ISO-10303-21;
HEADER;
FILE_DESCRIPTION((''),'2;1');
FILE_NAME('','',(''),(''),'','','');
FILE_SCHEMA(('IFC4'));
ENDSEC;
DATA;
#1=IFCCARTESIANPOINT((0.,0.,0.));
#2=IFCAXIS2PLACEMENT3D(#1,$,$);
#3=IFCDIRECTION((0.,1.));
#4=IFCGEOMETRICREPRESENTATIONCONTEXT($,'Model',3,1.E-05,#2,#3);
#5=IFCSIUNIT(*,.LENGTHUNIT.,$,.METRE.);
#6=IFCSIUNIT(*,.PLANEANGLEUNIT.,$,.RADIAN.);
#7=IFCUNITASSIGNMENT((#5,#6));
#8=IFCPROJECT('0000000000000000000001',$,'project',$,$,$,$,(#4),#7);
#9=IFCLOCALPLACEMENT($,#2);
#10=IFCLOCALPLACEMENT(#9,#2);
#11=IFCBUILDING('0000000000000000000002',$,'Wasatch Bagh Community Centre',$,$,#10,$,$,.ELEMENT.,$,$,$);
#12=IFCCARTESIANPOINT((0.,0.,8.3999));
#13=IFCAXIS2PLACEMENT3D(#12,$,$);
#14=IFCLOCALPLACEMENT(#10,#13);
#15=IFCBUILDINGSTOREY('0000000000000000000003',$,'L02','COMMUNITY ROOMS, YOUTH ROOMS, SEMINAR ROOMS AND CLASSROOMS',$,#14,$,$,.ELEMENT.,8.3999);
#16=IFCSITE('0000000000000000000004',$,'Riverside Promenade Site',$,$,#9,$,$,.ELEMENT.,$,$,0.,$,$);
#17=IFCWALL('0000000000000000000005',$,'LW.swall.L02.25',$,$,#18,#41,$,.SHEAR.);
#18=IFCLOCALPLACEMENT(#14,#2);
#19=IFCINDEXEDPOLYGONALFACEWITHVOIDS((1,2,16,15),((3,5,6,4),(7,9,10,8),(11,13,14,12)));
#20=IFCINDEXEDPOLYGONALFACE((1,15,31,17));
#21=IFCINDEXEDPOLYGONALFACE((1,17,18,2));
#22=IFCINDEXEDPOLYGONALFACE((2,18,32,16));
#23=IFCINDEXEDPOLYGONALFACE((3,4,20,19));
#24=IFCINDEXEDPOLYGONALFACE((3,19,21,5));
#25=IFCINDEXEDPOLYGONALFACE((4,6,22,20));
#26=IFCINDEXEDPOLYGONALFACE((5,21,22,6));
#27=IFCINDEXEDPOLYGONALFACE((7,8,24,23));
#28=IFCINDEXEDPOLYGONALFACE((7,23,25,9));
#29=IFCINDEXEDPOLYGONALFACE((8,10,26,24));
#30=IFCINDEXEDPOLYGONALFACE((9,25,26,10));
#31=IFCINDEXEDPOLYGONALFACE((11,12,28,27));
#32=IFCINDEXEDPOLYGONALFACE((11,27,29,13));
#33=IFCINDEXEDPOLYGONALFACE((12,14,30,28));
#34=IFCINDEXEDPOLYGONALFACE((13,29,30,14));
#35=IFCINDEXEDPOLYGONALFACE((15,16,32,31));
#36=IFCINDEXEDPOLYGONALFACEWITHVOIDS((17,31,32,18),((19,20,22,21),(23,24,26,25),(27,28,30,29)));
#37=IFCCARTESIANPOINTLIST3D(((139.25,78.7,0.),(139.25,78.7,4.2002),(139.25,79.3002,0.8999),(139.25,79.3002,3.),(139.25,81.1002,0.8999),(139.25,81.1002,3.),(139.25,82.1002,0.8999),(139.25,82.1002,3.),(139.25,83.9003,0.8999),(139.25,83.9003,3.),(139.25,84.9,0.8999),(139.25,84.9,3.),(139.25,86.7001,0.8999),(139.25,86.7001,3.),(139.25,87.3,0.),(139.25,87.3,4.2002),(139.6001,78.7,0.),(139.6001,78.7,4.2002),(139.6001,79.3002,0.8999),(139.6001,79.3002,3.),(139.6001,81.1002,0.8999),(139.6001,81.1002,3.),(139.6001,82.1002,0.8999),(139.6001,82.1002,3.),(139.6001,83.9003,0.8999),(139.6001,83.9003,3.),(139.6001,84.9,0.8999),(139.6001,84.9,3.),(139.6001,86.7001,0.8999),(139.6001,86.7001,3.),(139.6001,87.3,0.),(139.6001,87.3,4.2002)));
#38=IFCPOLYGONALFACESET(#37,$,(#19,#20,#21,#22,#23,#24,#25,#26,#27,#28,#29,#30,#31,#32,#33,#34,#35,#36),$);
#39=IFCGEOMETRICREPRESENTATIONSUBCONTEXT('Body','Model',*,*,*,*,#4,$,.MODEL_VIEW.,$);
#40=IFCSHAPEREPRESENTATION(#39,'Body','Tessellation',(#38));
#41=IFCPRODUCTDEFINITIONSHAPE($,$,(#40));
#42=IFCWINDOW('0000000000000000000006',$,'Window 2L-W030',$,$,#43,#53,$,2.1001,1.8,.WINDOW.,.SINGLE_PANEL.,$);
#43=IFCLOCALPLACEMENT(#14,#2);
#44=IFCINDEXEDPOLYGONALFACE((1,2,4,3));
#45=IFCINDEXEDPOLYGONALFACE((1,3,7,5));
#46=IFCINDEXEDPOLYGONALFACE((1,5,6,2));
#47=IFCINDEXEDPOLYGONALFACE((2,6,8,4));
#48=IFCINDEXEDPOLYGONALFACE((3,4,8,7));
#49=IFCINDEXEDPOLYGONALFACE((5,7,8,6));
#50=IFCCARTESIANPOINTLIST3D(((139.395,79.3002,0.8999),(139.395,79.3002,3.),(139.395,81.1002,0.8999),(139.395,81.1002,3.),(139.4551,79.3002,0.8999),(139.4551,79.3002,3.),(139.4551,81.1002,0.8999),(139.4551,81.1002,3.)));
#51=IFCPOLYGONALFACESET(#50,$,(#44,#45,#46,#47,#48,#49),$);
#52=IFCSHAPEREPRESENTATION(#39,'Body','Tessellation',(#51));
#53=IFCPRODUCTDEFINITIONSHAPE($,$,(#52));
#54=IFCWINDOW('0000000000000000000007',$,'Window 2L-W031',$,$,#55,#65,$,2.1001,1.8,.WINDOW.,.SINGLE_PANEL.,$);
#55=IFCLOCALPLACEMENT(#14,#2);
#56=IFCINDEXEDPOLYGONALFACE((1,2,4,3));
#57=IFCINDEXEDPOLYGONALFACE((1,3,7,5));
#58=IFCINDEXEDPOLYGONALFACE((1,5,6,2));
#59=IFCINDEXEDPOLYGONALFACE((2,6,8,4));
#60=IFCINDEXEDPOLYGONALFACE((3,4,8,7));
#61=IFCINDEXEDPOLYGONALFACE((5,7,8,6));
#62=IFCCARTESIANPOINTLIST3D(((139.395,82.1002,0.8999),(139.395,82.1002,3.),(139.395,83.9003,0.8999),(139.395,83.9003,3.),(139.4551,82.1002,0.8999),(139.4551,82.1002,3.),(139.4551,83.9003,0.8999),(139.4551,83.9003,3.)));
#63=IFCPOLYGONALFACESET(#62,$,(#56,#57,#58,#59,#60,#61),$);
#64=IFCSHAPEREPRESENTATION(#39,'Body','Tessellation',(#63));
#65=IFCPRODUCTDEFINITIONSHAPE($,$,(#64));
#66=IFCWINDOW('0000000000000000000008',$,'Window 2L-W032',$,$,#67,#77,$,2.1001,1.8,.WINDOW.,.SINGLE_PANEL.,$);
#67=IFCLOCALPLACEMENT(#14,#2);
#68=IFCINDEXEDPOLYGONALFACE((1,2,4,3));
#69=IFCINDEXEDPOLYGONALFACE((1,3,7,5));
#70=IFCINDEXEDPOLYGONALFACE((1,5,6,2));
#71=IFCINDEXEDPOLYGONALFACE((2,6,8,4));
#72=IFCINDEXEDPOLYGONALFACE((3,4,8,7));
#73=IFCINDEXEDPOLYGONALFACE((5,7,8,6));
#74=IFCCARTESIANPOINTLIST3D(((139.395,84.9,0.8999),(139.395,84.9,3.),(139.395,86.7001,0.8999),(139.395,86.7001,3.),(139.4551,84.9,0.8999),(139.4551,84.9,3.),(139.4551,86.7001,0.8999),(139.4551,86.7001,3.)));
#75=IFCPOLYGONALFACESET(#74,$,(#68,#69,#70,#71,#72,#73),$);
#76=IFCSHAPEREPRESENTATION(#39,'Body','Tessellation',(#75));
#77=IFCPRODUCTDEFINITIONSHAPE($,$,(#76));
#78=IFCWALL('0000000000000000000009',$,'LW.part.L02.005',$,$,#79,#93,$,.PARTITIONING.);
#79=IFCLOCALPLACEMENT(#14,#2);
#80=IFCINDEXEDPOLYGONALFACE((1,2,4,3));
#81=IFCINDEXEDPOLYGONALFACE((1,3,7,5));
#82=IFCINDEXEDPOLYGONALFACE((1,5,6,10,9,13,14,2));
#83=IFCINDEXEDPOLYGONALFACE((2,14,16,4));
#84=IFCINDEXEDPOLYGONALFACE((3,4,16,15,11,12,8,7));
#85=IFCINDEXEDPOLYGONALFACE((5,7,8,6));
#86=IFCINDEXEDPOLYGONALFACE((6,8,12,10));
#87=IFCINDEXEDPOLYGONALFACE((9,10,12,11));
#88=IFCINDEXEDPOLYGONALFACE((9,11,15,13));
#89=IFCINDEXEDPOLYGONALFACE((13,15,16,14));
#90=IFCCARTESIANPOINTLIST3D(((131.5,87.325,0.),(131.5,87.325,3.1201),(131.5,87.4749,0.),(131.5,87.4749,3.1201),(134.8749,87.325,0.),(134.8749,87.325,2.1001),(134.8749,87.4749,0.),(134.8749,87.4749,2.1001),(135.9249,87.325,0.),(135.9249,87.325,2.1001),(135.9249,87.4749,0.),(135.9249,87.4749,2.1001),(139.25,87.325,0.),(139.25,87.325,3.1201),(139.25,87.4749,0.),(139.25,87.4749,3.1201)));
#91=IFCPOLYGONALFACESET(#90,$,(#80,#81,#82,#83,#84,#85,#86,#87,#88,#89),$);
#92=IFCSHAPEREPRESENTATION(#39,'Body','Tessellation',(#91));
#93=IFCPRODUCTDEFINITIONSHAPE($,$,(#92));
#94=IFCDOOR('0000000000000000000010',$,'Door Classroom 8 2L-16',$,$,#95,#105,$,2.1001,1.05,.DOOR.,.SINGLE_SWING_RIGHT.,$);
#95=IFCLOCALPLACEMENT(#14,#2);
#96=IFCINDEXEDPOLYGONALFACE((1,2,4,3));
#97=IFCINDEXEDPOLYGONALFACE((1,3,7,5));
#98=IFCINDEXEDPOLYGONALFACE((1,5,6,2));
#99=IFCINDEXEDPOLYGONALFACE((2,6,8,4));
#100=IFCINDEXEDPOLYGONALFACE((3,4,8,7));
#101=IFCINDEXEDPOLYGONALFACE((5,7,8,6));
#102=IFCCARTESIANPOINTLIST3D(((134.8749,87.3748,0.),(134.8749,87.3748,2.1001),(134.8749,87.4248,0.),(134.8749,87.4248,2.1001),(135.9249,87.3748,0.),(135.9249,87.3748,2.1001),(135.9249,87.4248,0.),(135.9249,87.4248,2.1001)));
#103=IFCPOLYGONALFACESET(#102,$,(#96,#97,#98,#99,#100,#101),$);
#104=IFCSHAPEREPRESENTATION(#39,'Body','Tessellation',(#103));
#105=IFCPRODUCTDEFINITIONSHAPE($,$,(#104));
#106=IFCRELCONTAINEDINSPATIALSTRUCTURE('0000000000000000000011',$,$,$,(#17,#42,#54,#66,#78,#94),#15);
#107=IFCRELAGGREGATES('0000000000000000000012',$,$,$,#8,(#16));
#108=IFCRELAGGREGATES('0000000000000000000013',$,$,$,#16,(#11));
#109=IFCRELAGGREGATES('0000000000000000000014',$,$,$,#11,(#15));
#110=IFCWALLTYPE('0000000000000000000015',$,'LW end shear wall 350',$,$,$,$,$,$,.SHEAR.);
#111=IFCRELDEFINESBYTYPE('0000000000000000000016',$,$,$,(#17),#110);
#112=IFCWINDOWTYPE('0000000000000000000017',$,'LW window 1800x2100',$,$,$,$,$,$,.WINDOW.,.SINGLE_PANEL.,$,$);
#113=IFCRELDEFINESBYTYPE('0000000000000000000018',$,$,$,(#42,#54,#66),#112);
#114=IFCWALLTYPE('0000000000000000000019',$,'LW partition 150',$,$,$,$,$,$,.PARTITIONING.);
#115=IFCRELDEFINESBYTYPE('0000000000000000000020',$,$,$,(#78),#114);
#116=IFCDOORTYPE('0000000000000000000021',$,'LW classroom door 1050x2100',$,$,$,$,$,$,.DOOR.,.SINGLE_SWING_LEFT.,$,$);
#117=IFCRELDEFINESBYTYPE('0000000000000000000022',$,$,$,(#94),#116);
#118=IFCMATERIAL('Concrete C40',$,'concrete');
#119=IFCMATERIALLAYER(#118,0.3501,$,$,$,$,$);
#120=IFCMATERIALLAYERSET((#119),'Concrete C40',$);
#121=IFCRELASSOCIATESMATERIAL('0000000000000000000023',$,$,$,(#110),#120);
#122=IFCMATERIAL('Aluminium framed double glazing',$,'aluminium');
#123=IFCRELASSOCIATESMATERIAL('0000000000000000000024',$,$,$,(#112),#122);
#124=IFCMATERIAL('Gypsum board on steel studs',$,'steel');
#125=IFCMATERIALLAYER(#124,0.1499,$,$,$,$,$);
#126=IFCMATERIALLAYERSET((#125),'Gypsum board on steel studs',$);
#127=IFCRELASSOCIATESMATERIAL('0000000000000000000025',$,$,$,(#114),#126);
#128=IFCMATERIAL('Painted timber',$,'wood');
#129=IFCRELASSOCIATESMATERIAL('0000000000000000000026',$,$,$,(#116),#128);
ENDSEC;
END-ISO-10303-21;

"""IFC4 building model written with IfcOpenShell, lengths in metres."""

from ifc_helpers import new_model, si_unit, direction, frame, frame_2d, origin, place, context, subcontext, project, spatial, rectangle, extrude, material, layer, layer_set, type_object, element, fill, save


model = new_model("IFC4")

# Units and contexts
model_context = context("Model", 3, precision=1e-05, world=origin(), true_north=direction((0.0, 1.0)))
body_context = subcontext(model_context, "Body", "Model", "MODEL_VIEW")
ifc_project = project(units=[si_unit("LENGTHUNIT", "METRE"), si_unit("PLANEANGLEUNIT", "RADIAN")], contexts=[model_context])

# Site, building, storey
site_placement = place(None, origin())
site = spatial("IfcSite", under=ifc_project, at=site_placement, Name="Riverside Promenade Site", CompositionType="ELEMENT", RefElevation=0.0)
building_placement = place(site_placement, origin())
building = spatial("IfcBuilding", under=site, at=building_placement, Name="Wasatch Bagh Community Centre", CompositionType="ELEMENT")
storey_placement = place(building_placement, frame((0.0, 0.0, 8.3999)))
storey = spatial("IfcBuildingStorey", under=building, at=storey_placement, Name="L02", Description="COMMUNITY ROOMS, YOUTH ROOMS, SEMINAR ROOMS AND CLASSROOMS", CompositionType="ELEMENT", Elevation=8.3999)

# Shared definitions
ifc_material_1 = material(Name="Concrete C40", Category="concrete")

# Shared definitions
ifc_material_2 = material(Name="Painted timber", Category="wood")

# Wall, openings, windows
ifc_layer_1 = layer(ifc_material_1, 0.3501)
ifc_layer_set_1 = layer_set([ifc_layer_1], Name="Concrete C40")
wall_type_1 = type_object("IfcWallType", Name="LW end shear wall 350", PredefinedType="SHEAR", material=ifc_layer_set_1)
wall_1_placement = place(storey_placement, frame((139.425, 87.3, 0.0), z_axis=(0.0, 0.0, 1.0), x_axis=(0.0, -1.0, 0.0)))
wall_1 = element("IfcWall", 1, at=wall_1_placement, inside=storey, type_object=wall_type_1, Name="LW.swall.L02.25", PredefinedType="SHEAR", context=body_context, shape_type="SweptSolid", body=[
    extrude(rectangle(XDim=8.6001, YDim=0.3501, at=frame_2d((4.3, 0.0))), origin(), (0.0, 0.0, 1.0), 4.2002),
])
opening_1_placement = place(wall_1_placement, frame((6.2, 0.0, 0.8999)))
opening_1 = element("IfcOpeningElement", 2, at=opening_1_placement, cuts=wall_1, PredefinedType="OPENING", context=body_context, shape_type="SweptSolid", body=[
    extrude(rectangle(XDim=1.8, YDim=2.1001, at=frame_2d((0.8999, 1.05))), frame((0.0, 0.1851, 0.0), z_axis=(0.0, -1.0, 0.0), x_axis=(1.0, 0.0, 0.0)), (0.0, 0.0, 1.0), 0.3701),
])
opening_2_placement = place(wall_1_placement, frame((3.3999, 0.0, 0.8999)))
opening_2 = element("IfcOpeningElement", 3, at=opening_2_placement, cuts=wall_1, PredefinedType="OPENING", context=body_context, shape_type="SweptSolid", body=[
    extrude(rectangle(XDim=1.8, YDim=2.1001, at=frame_2d((0.8999, 1.05))), frame((0.0, 0.1851, 0.0), z_axis=(0.0, -1.0, 0.0), x_axis=(1.0, 0.0, 0.0)), (0.0, 0.0, 1.0), 0.3701),
])
opening_3_placement = place(wall_1_placement, frame((0.6001, 0.0, 0.8999)))
opening_3 = element("IfcOpeningElement", 4, at=opening_3_placement, cuts=wall_1, PredefinedType="OPENING", context=body_context, shape_type="SweptSolid", body=[
    extrude(rectangle(XDim=1.8, YDim=2.1001, at=frame_2d((0.8999, 1.05))), frame((0.0, 0.1851, 0.0), z_axis=(0.0, -1.0, 0.0), x_axis=(1.0, 0.0, 0.0)), (0.0, 0.0, 1.0), 0.3701),
])
ifc_material_3 = material(Name="Aluminium framed double glazing", Category="aluminium")
window_type = type_object("IfcWindowType", Name="LW window 1800x2100", PartitioningType="SINGLE_PANEL", PredefinedType="WINDOW", material=ifc_material_3)
window_1_placement = place(opening_1_placement, origin())
window_1 = element("IfcWindow", 5, at=window_1_placement, inside=storey, type_object=window_type, Name="Window 2L-W030", OverallHeight=2.1001, OverallWidth=1.8, PartitioningType="SINGLE_PANEL", PredefinedType="WINDOW", context=body_context, shape_type="SweptSolid", body=[
    extrude(rectangle(XDim=1.8, YDim=2.1001, at=frame_2d((0.8999, 1.05))), frame((0.0, 0.03, 0.0), z_axis=(0.0, -1.0, 0.0), x_axis=(1.0, 0.0, 0.0)), (0.0, 0.0, 1.0), 0.0601),
])
fill(opening_1, window_1)
window_2_placement = place(opening_2_placement, origin())
window_2 = element("IfcWindow", 6, at=window_2_placement, inside=storey, type_object=window_type, Name="Window 2L-W031", OverallHeight=2.1001, OverallWidth=1.8, PartitioningType="SINGLE_PANEL", PredefinedType="WINDOW", context=body_context, shape_type="SweptSolid", body=[
    extrude(rectangle(XDim=1.8, YDim=2.1001, at=frame_2d((0.8999, 1.05))), frame((0.0, 0.03, 0.0), z_axis=(0.0, -1.0, 0.0), x_axis=(1.0, 0.0, 0.0)), (0.0, 0.0, 1.0), 0.0601),
])
fill(opening_2, window_2)
window_3_placement = place(opening_3_placement, origin())
window_3 = element("IfcWindow", 7, at=window_3_placement, inside=storey, type_object=window_type, Name="Window 2L-W032", OverallHeight=2.1001, OverallWidth=1.8, PartitioningType="SINGLE_PANEL", PredefinedType="WINDOW", context=body_context, shape_type="SweptSolid", body=[
    extrude(rectangle(XDim=1.8, YDim=2.1001, at=frame_2d((0.8999, 1.05))), frame((0.0, 0.03, 0.0), z_axis=(0.0, -1.0, 0.0), x_axis=(1.0, 0.0, 0.0)), (0.0, 0.0, 1.0), 0.0601),
])
fill(opening_3, window_3)

# Wall, opening, door
ifc_material_4 = material(Name="Gypsum board on steel studs", Category="steel")
ifc_layer_2 = layer(ifc_material_4, 0.1499)
ifc_layer_set_2 = layer_set([ifc_layer_2], Name="Gypsum board on steel studs")
wall_type_2 = type_object("IfcWallType", Name="LW partition 150", PredefinedType="PARTITIONING", material=ifc_layer_set_2)
wall_2_placement = place(storey_placement, frame((131.5, 87.3999, 0.0), z_axis=(0.0, 0.0, 1.0), x_axis=(1.0, 0.0, 0.0)))
wall_2 = element("IfcWall", 8, at=wall_2_placement, inside=storey, type_object=wall_type_2, Name="LW.part.L02.005", PredefinedType="PARTITIONING", context=body_context, shape_type="SweptSolid", body=[
    extrude(rectangle(XDim=7.75, YDim=0.1499, at=frame_2d((3.875, 0.0))), origin(), (0.0, 0.0, 1.0), 3.1201),
])
opening_4_placement = place(wall_2_placement, frame((3.375, 0.0, 0.0)))
opening_4 = element("IfcOpeningElement", 9, at=opening_4_placement, cuts=wall_2, PredefinedType="OPENING", context=body_context, shape_type="SweptSolid", body=[
    extrude(rectangle(XDim=1.05, YDim=2.1001, at=frame_2d((0.5249, 1.05))), frame((0.0, 0.085, 0.0), z_axis=(0.0, -1.0, 0.0), x_axis=(1.0, 0.0, 0.0)), (0.0, 0.0, 1.0), 0.1699),
])
door_type_1 = type_object("IfcDoorType", Name="LW classroom door 1050x2100", OperationType="SINGLE_SWING_LEFT", PredefinedType="DOOR", material=ifc_material_2)
door_1_placement = place(opening_4_placement, origin())
door_1 = element("IfcDoor", 10, at=door_1_placement, inside=storey, type_object=door_type_1, Name="Door Classroom 8 2L-16", OperationType="SINGLE_SWING_RIGHT", OverallHeight=2.1001, OverallWidth=1.05, PredefinedType="DOOR", context=body_context, shape_type="SweptSolid", body=[
    extrude(rectangle(XDim=1.05, YDim=2.1001, at=frame_2d((0.5249, 1.05))), frame((0.0, 0.0249, 0.0), z_axis=(0.0, -1.0, 0.0), x_axis=(1.0, 0.0, 0.0)), (0.0, 0.0, 1.0), 0.05),
])
fill(opening_4, door_1)

save(model, "model.ifc")
